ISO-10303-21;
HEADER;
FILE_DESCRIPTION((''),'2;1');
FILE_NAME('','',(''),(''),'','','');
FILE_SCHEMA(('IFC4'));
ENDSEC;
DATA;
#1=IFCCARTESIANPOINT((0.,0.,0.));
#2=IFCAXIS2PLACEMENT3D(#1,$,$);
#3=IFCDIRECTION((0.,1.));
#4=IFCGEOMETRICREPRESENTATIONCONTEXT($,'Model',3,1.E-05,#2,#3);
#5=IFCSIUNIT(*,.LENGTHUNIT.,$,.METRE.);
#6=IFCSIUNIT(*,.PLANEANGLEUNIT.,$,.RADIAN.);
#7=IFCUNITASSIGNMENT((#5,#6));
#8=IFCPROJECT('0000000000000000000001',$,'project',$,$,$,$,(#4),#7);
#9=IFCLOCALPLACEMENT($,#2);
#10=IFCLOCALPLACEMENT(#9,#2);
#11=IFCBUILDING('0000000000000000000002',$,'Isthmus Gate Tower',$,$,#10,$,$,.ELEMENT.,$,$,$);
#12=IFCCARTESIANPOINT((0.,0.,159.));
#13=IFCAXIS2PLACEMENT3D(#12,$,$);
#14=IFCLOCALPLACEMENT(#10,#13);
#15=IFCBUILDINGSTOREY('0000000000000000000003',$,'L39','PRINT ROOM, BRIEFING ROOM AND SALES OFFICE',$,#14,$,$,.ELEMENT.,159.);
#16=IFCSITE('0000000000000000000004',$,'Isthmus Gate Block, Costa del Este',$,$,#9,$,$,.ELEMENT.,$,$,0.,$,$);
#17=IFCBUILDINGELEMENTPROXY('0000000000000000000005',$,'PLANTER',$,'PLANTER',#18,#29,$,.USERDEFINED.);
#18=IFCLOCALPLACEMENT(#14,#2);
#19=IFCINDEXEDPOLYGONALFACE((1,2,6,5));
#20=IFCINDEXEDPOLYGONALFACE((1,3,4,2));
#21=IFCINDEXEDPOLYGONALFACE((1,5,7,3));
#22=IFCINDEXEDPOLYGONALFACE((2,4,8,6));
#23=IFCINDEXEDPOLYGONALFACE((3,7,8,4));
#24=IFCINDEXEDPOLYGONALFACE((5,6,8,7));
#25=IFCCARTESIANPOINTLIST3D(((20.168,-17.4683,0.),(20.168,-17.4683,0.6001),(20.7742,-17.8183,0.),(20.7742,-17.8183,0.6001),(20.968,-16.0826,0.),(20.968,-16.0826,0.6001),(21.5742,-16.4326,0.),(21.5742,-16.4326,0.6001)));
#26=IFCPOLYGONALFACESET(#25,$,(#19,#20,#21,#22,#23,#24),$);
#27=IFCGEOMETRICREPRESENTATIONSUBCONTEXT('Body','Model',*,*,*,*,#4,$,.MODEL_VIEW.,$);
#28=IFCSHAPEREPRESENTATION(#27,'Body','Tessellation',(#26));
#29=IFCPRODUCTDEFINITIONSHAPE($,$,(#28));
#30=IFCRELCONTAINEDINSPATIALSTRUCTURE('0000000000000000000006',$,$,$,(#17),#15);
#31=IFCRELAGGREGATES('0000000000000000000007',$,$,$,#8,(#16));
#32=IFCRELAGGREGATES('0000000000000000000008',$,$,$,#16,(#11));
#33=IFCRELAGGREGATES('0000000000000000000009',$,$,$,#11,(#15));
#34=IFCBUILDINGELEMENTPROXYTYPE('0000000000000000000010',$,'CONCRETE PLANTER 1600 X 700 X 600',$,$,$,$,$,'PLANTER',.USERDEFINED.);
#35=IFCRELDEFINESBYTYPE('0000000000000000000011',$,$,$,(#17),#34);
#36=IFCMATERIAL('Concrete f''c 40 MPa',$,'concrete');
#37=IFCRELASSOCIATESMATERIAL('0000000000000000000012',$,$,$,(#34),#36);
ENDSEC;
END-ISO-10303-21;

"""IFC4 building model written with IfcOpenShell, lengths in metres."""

from ifc_helpers import new_model, si_unit, direction, frame, origin, origin_2d, place, context, subcontext, project, spatial, rectangle, extrude, material, type_object, element, save


model = new_model("IFC4")

# Units and contexts
model_context = context("Model", 3, precision=1e-05, world=origin(), true_north=direction((0.0, 1.0)))
body_context = subcontext(model_context, "Body", "Model", "MODEL_VIEW")
ifc_project = project(units=[si_unit("LENGTHUNIT", "METRE"), si_unit("PLANEANGLEUNIT", "RADIAN")], contexts=[model_context])

# Site, building, storey
site_placement = place(None, origin())
site = spatial("IfcSite", under=ifc_project, at=site_placement, Name="Isthmus Gate Block, Costa del Este", CompositionType="ELEMENT", RefElevation=0.0)
building_placement = place(site_placement, origin())
building = spatial("IfcBuilding", under=site, at=building_placement, Name="Isthmus Gate Tower", CompositionType="ELEMENT")
storey_placement = place(building_placement, frame((0.0, 0.0, 159.0)))
storey = spatial("IfcBuildingStorey", under=building, at=storey_placement, Name="L39", Description="PRINT ROOM, BRIEFING ROOM AND SALES OFFICE", CompositionType="ELEMENT", Elevation=159.0)

# Building element proxy
ifc_material_1 = material(Name="Concrete f'c 40 MPa", Category="concrete")
building_element_proxy_type = type_object("IfcBuildingElementProxyType", Name="CONCRETE PLANTER 1600 X 700 X 600", ElementType="PLANTER", PredefinedType="USERDEFINED", material=ifc_material_1)
for number, where, z_axis, x_axis, name in (
    (1, (20.8711, -16.9504, 0.0), (0.0, 0.0, 1.0), (0.5, 0.866025, 0.0), "PLANTER"),
):
    element("IfcBuildingElementProxy", number, at=place(storey_placement, frame(where, z_axis=z_axis, x_axis=x_axis)), inside=storey, type_object=building_element_proxy_type, Name=name, ObjectType="PLANTER", PredefinedType="USERDEFINED", context=body_context, shape_type="SweptSolid", body=[
        extrude(rectangle(XDim=1.6001, YDim=0.7, at=origin_2d()), origin(), (0.0, 0.0, 1.0), 0.6001),
    ])

save(model, "model.ifc")
